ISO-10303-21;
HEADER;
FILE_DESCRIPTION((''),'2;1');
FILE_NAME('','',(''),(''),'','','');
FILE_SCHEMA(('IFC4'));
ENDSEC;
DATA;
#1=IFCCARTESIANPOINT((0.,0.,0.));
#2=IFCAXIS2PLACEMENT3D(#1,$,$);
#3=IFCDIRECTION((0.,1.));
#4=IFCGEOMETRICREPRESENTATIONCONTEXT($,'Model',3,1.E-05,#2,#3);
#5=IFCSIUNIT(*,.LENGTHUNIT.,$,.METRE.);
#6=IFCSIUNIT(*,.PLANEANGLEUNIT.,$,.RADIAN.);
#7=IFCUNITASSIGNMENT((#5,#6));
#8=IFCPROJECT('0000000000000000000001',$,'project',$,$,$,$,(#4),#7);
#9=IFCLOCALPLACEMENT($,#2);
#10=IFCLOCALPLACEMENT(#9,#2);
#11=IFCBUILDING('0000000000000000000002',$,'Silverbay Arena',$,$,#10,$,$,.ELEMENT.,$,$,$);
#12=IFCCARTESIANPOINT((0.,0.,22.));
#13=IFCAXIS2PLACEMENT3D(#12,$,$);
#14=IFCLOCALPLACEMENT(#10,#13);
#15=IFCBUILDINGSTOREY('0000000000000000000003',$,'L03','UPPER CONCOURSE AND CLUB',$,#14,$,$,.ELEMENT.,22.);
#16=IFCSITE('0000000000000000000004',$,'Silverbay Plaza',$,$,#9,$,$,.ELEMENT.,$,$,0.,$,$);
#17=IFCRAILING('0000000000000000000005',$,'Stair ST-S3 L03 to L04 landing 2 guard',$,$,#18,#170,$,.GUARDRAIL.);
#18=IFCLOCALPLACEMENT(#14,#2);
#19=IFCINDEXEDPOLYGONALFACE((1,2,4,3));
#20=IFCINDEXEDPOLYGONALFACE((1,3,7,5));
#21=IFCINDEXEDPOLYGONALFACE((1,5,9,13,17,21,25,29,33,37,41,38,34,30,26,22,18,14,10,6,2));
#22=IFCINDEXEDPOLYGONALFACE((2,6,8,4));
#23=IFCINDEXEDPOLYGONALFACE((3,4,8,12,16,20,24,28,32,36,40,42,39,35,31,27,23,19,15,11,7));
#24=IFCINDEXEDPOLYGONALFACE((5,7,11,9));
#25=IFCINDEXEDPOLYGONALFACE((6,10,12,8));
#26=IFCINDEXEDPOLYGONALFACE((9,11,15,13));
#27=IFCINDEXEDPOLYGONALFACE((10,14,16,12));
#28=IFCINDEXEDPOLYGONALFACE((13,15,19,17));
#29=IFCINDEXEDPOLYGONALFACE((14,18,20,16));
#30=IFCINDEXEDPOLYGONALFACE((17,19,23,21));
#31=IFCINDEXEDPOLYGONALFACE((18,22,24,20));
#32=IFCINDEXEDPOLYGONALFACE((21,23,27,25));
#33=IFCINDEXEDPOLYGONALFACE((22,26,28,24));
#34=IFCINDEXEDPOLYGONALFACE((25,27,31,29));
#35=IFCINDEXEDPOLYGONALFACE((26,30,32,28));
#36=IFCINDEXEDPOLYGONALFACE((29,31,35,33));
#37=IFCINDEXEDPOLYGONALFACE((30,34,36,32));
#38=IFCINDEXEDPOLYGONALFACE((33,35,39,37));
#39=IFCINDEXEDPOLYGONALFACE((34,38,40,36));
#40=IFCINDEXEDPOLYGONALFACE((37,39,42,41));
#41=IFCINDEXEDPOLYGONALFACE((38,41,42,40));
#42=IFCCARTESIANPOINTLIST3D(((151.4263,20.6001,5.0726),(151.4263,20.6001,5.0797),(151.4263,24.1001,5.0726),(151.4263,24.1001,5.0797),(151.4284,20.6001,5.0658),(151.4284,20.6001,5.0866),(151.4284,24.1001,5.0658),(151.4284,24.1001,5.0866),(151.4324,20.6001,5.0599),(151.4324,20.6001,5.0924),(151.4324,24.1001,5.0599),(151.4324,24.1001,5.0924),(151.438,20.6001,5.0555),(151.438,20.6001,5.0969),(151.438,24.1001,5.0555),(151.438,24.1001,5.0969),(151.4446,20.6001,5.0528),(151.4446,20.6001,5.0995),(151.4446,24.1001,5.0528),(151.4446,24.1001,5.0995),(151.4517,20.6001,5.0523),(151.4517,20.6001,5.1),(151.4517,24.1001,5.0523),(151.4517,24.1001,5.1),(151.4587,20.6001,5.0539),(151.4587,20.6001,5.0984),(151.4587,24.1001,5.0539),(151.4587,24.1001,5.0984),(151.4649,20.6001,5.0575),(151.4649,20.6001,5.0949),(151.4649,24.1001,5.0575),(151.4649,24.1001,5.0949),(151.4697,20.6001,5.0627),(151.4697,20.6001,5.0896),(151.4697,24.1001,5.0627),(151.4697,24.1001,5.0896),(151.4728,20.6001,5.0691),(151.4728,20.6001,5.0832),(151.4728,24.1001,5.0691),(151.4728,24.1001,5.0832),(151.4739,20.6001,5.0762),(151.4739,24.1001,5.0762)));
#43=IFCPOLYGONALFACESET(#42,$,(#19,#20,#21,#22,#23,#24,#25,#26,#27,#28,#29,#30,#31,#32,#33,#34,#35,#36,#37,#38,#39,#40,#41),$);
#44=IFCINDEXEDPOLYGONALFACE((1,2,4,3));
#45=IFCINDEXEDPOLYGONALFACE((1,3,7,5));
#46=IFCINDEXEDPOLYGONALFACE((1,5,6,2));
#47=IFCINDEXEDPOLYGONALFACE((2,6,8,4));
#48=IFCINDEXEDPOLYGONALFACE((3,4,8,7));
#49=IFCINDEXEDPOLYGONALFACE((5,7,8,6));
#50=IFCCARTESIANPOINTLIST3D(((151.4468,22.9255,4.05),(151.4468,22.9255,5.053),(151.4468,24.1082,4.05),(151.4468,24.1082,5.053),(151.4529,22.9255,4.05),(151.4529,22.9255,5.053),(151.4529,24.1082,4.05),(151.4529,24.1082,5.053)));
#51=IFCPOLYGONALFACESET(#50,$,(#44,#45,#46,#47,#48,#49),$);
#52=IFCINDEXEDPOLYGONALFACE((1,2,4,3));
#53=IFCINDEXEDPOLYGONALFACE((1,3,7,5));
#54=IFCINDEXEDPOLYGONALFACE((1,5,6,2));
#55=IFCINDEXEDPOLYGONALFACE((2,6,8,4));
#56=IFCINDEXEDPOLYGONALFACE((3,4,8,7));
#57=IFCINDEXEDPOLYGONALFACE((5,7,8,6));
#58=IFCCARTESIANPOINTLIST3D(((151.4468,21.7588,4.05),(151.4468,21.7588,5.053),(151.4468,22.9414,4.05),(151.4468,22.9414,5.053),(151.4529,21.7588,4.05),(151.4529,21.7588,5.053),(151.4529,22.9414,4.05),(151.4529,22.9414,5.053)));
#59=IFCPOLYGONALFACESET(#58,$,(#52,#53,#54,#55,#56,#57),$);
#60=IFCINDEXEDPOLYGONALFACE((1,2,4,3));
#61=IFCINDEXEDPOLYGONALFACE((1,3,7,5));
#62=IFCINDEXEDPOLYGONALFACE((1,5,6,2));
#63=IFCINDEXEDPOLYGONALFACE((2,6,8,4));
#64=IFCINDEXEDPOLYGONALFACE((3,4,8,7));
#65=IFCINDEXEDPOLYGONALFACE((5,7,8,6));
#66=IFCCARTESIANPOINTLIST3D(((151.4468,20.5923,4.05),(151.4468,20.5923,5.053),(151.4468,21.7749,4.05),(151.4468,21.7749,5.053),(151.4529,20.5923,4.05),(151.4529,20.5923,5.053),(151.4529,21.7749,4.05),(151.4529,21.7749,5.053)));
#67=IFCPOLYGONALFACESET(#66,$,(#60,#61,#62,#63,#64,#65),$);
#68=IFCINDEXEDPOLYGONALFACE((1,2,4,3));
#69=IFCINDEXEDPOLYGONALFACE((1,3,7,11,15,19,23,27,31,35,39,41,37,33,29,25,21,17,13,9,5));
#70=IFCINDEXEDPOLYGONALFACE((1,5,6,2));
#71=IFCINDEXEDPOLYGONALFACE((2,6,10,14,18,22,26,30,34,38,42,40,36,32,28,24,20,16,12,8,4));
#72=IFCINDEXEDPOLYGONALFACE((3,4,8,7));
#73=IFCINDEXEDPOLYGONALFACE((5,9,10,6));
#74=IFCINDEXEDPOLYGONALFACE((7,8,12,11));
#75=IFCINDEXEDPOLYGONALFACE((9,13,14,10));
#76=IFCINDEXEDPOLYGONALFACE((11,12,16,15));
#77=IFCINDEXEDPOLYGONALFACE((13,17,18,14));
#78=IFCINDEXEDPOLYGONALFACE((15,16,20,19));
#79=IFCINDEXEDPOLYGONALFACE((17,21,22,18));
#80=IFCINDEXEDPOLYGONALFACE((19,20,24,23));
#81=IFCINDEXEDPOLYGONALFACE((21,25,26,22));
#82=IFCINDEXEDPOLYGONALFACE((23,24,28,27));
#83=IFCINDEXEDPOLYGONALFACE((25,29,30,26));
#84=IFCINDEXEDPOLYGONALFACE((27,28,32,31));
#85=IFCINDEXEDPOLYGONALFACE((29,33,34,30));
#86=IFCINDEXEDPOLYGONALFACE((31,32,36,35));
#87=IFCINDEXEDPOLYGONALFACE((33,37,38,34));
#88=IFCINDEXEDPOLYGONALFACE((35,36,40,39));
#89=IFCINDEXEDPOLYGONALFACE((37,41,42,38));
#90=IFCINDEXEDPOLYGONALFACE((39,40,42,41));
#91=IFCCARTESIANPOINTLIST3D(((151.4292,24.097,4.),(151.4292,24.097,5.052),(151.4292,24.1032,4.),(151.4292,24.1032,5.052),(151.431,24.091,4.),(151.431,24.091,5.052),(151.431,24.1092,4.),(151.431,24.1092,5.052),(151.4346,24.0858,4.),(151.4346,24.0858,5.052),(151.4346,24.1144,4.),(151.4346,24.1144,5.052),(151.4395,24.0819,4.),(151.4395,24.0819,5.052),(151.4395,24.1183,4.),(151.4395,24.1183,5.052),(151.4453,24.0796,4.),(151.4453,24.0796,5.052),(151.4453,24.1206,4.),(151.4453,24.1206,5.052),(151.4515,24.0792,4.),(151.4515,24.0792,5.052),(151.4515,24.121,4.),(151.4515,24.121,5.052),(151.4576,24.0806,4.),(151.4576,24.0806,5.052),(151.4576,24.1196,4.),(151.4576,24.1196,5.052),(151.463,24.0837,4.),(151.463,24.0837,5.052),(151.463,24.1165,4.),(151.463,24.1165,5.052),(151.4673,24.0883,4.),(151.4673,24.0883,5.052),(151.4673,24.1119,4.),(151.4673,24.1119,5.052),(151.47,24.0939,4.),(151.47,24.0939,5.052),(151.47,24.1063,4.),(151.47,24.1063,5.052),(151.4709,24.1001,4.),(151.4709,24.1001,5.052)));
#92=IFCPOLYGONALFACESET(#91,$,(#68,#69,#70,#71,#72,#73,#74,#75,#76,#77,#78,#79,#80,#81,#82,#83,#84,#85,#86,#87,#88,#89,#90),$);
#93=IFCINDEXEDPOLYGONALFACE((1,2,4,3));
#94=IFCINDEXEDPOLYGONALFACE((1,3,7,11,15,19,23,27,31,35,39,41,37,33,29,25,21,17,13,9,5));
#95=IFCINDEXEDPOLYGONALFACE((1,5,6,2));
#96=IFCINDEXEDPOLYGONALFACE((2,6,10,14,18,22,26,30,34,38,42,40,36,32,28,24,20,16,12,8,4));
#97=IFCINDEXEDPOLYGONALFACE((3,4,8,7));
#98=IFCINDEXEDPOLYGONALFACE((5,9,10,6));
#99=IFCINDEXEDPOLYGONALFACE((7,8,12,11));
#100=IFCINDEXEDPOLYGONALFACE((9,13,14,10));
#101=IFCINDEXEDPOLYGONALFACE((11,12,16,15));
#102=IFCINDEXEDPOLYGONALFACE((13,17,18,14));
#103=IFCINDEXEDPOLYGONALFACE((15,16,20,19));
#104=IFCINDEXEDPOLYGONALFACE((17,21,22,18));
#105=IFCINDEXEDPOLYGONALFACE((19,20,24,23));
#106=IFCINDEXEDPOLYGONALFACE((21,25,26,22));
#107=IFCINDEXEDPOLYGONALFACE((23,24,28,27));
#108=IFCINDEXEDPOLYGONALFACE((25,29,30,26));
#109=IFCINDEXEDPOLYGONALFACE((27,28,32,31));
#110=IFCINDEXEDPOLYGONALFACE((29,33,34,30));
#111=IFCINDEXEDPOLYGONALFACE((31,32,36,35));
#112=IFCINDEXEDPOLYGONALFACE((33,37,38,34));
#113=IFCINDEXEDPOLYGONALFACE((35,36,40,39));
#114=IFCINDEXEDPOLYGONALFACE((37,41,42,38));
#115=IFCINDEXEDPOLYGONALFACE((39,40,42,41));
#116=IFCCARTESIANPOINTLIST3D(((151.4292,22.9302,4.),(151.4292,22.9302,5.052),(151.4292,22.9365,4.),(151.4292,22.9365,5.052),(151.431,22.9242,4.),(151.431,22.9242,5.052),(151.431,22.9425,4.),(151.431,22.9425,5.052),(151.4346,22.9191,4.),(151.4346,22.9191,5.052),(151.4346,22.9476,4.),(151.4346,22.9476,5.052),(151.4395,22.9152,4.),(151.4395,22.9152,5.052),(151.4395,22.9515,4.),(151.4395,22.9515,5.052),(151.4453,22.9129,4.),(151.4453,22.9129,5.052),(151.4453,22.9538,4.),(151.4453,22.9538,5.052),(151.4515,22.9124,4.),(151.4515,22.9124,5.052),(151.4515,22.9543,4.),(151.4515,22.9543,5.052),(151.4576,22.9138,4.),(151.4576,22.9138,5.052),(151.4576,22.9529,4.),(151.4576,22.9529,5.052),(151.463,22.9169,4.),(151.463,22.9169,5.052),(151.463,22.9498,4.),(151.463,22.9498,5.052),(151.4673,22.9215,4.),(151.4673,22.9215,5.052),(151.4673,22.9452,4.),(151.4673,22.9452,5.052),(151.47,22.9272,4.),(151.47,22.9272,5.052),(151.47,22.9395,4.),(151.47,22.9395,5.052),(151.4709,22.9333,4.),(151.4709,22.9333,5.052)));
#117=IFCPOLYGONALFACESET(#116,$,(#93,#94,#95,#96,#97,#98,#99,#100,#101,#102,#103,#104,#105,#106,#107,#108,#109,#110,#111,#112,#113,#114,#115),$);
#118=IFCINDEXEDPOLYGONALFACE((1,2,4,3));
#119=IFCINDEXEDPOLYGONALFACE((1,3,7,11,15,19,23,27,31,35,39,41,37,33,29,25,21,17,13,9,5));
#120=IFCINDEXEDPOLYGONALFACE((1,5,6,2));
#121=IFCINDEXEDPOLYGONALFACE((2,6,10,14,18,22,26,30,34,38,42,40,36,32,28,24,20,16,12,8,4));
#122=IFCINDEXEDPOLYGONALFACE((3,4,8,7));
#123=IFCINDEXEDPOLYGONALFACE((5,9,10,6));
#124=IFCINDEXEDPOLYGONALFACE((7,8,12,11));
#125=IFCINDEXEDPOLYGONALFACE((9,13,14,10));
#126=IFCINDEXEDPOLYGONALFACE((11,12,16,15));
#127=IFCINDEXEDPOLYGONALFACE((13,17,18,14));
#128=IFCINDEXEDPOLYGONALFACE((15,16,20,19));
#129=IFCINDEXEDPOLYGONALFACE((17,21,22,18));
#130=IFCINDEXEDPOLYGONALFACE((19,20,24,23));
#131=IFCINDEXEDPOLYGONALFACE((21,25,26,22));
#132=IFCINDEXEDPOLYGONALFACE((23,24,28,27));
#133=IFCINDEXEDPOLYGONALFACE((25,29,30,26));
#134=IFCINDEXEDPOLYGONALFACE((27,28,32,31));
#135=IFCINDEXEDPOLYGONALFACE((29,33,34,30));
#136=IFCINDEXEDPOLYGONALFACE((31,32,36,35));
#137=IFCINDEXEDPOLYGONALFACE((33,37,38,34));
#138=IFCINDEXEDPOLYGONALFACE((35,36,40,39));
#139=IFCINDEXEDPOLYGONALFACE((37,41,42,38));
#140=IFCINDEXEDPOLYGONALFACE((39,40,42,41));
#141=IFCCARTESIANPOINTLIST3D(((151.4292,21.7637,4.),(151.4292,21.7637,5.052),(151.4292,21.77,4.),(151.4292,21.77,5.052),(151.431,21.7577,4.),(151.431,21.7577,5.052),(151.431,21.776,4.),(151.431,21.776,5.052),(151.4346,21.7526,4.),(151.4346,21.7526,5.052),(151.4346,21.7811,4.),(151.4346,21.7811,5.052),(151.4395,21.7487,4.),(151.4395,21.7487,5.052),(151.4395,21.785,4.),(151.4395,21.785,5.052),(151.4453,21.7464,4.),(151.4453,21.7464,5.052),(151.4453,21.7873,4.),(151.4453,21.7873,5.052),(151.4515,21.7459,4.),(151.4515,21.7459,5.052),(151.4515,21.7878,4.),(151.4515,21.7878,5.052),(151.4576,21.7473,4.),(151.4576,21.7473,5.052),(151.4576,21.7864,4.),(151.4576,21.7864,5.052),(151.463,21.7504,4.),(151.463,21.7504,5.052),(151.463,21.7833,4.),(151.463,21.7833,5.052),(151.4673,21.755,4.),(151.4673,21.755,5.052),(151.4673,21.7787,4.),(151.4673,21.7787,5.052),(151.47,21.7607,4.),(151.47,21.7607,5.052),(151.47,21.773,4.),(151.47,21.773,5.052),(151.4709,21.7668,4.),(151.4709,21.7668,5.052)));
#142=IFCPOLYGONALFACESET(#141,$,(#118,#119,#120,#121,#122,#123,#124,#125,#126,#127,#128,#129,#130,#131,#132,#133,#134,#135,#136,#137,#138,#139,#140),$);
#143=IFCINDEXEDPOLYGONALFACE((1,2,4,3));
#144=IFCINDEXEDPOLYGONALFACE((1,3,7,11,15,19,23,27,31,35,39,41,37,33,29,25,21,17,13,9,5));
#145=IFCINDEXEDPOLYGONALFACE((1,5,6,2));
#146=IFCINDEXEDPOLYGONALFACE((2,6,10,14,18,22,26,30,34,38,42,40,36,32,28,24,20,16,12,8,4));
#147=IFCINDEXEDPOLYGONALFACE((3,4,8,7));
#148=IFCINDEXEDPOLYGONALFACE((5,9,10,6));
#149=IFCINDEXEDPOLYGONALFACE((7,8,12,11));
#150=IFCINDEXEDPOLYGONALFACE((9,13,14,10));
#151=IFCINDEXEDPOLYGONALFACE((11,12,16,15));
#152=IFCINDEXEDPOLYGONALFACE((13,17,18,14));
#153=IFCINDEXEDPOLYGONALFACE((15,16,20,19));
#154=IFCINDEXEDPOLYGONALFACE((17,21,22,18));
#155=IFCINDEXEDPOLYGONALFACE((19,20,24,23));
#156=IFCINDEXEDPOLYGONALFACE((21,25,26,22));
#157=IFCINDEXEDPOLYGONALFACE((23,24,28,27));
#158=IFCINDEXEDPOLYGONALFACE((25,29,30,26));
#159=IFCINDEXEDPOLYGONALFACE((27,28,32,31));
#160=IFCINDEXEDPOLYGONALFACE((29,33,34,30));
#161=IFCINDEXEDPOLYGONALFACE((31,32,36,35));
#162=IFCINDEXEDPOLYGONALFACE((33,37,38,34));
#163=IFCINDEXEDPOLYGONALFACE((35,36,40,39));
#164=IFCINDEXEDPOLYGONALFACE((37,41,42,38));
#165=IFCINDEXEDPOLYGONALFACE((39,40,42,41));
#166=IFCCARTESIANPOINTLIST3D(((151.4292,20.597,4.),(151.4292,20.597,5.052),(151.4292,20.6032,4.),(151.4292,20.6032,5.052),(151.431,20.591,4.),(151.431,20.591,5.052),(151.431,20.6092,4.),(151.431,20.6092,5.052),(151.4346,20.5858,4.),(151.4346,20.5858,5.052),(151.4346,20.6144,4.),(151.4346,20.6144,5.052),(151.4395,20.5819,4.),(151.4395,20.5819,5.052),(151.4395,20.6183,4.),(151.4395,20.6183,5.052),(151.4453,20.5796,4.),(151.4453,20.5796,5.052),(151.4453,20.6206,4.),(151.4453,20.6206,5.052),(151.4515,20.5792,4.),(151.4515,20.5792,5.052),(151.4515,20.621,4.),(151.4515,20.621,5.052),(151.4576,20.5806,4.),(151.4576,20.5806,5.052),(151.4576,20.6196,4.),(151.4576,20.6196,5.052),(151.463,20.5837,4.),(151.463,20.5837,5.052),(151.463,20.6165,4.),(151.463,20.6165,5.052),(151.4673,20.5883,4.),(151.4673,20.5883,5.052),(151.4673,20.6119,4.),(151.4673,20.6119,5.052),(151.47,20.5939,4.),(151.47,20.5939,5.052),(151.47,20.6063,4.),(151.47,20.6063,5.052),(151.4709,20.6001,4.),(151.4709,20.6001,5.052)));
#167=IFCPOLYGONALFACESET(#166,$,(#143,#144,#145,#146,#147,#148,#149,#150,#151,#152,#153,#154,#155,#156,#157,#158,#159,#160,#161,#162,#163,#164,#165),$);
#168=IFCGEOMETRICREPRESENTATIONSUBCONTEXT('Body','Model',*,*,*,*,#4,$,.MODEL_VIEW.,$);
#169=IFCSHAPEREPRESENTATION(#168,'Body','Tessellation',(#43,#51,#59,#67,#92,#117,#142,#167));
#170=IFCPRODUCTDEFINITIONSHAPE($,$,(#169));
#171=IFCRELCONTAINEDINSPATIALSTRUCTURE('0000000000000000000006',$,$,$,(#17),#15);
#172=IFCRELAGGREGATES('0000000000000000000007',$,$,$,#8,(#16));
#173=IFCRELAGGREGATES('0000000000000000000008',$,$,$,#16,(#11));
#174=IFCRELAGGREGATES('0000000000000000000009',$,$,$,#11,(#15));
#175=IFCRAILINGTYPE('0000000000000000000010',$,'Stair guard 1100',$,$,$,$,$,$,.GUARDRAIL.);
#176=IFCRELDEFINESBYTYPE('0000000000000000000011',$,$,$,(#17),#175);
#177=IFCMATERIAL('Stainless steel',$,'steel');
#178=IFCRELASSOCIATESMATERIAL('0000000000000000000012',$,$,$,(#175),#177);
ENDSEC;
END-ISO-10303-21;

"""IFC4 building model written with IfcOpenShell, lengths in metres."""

from ifc_helpers import new_model, si_unit, direction, frame, origin, origin_2d, place, context, subcontext, project, spatial, polyline, circle, outline, extrude, material, type_object, element, save


model = new_model("IFC4")

# Units and contexts
model_context = context("Model", 3, precision=1e-05, world=origin(), true_north=direction((0.0, 1.0)))
body_context = subcontext(model_context, "Body", "Model", "MODEL_VIEW")
ifc_project = project(units=[si_unit("LENGTHUNIT", "METRE"), si_unit("PLANEANGLEUNIT", "RADIAN")], contexts=[model_context])

# Site, building, storey
site_placement = place(None, origin())
site = spatial("IfcSite", under=ifc_project, at=site_placement, Name="Silverbay Plaza", CompositionType="ELEMENT", RefElevation=0.0)
building_placement = place(site_placement, origin())
building = spatial("IfcBuilding", under=site, at=building_placement, Name="Silverbay Arena", CompositionType="ELEMENT")
storey_placement = place(building_placement, frame((0.0, 0.0, 22.0)))
storey = spatial("IfcBuildingStorey", under=building, at=storey_placement, Name="L03", Description="UPPER CONCOURSE AND CLUB", CompositionType="ELEMENT", Elevation=22.0)

# Railing
ifc_material_1 = material(Name="Stainless steel", Category="steel")
railing_type_1 = type_object("IfcRailingType", Name="Stair guard 1100", PredefinedType="GUARDRAIL", material=ifc_material_1)
for number, where, name in (
    (1, (151.45, 24.1001, 4.0), "Stair ST-S3 L03 to L04 landing 2 guard"),
):
    element("IfcRailing", number, at=place(storey_placement, frame(where)), inside=storey, type_object=railing_type_1, Name=name, PredefinedType="GUARDRAIL", context=body_context, shape_type="SweptSolid", body=[
        extrude(circle(Radius=0.0239, at=origin_2d()), frame((0.0, 0.0, 1.0762), z_axis=(0.0, -1.0, 0.0), x_axis=(1.0, 0.0, 0.0)), (0.0, 0.0, 1.0), 3.5),
        extrude(outline(polyline([(-0.0081, 0.05), (1.1746, 0.05), (1.1746, 1.053), (-0.0081, 1.053), (-0.0081, 0.05)])), frame((0.0029, 0.0, 0.0), z_axis=(-1.0, 0.0, 0.0), x_axis=(0.0, -1.0, 0.0)), (0.0, 0.0, 1.0), 0.0061),
        extrude(outline(polyline([(-0.0081, 0.05), (1.1746, 0.05), (1.1746, 1.053), (-0.0081, 1.053), (-0.0081, 0.05)])), frame((0.0029, -1.1667, 0.0), z_axis=(-1.0, 0.0, 0.0), x_axis=(0.0, -1.0, 0.0)), (0.0, 0.0, 1.0), 0.0061),
        extrude(outline(polyline([(-0.0081, 0.05), (1.1746, 0.05), (1.1746, 1.053), (-0.0081, 1.053), (-0.0081, 0.05)])), frame((0.0029, -2.3333, 0.0), z_axis=(-1.0, 0.0, 0.0), x_axis=(0.0, -1.0, 0.0)), (0.0, 0.0, 1.0), 0.0061),
        extrude(circle(Radius=0.021, at=origin_2d()), origin(), (0.0, 0.0, 1.0), 1.052),
        extrude(circle(Radius=0.021, at=origin_2d()), frame((0.0, -1.1667, 0.0)), (0.0, 0.0, 1.0), 1.052),
        extrude(circle(Radius=0.021, at=origin_2d()), frame((0.0, -2.3333, 0.0)), (0.0, 0.0, 1.0), 1.052),
        extrude(circle(Radius=0.021, at=origin_2d()), frame((0.0, -3.5, 0.0)), (0.0, 0.0, 1.0), 1.052),
    ])

save(model, "model.ifc")
